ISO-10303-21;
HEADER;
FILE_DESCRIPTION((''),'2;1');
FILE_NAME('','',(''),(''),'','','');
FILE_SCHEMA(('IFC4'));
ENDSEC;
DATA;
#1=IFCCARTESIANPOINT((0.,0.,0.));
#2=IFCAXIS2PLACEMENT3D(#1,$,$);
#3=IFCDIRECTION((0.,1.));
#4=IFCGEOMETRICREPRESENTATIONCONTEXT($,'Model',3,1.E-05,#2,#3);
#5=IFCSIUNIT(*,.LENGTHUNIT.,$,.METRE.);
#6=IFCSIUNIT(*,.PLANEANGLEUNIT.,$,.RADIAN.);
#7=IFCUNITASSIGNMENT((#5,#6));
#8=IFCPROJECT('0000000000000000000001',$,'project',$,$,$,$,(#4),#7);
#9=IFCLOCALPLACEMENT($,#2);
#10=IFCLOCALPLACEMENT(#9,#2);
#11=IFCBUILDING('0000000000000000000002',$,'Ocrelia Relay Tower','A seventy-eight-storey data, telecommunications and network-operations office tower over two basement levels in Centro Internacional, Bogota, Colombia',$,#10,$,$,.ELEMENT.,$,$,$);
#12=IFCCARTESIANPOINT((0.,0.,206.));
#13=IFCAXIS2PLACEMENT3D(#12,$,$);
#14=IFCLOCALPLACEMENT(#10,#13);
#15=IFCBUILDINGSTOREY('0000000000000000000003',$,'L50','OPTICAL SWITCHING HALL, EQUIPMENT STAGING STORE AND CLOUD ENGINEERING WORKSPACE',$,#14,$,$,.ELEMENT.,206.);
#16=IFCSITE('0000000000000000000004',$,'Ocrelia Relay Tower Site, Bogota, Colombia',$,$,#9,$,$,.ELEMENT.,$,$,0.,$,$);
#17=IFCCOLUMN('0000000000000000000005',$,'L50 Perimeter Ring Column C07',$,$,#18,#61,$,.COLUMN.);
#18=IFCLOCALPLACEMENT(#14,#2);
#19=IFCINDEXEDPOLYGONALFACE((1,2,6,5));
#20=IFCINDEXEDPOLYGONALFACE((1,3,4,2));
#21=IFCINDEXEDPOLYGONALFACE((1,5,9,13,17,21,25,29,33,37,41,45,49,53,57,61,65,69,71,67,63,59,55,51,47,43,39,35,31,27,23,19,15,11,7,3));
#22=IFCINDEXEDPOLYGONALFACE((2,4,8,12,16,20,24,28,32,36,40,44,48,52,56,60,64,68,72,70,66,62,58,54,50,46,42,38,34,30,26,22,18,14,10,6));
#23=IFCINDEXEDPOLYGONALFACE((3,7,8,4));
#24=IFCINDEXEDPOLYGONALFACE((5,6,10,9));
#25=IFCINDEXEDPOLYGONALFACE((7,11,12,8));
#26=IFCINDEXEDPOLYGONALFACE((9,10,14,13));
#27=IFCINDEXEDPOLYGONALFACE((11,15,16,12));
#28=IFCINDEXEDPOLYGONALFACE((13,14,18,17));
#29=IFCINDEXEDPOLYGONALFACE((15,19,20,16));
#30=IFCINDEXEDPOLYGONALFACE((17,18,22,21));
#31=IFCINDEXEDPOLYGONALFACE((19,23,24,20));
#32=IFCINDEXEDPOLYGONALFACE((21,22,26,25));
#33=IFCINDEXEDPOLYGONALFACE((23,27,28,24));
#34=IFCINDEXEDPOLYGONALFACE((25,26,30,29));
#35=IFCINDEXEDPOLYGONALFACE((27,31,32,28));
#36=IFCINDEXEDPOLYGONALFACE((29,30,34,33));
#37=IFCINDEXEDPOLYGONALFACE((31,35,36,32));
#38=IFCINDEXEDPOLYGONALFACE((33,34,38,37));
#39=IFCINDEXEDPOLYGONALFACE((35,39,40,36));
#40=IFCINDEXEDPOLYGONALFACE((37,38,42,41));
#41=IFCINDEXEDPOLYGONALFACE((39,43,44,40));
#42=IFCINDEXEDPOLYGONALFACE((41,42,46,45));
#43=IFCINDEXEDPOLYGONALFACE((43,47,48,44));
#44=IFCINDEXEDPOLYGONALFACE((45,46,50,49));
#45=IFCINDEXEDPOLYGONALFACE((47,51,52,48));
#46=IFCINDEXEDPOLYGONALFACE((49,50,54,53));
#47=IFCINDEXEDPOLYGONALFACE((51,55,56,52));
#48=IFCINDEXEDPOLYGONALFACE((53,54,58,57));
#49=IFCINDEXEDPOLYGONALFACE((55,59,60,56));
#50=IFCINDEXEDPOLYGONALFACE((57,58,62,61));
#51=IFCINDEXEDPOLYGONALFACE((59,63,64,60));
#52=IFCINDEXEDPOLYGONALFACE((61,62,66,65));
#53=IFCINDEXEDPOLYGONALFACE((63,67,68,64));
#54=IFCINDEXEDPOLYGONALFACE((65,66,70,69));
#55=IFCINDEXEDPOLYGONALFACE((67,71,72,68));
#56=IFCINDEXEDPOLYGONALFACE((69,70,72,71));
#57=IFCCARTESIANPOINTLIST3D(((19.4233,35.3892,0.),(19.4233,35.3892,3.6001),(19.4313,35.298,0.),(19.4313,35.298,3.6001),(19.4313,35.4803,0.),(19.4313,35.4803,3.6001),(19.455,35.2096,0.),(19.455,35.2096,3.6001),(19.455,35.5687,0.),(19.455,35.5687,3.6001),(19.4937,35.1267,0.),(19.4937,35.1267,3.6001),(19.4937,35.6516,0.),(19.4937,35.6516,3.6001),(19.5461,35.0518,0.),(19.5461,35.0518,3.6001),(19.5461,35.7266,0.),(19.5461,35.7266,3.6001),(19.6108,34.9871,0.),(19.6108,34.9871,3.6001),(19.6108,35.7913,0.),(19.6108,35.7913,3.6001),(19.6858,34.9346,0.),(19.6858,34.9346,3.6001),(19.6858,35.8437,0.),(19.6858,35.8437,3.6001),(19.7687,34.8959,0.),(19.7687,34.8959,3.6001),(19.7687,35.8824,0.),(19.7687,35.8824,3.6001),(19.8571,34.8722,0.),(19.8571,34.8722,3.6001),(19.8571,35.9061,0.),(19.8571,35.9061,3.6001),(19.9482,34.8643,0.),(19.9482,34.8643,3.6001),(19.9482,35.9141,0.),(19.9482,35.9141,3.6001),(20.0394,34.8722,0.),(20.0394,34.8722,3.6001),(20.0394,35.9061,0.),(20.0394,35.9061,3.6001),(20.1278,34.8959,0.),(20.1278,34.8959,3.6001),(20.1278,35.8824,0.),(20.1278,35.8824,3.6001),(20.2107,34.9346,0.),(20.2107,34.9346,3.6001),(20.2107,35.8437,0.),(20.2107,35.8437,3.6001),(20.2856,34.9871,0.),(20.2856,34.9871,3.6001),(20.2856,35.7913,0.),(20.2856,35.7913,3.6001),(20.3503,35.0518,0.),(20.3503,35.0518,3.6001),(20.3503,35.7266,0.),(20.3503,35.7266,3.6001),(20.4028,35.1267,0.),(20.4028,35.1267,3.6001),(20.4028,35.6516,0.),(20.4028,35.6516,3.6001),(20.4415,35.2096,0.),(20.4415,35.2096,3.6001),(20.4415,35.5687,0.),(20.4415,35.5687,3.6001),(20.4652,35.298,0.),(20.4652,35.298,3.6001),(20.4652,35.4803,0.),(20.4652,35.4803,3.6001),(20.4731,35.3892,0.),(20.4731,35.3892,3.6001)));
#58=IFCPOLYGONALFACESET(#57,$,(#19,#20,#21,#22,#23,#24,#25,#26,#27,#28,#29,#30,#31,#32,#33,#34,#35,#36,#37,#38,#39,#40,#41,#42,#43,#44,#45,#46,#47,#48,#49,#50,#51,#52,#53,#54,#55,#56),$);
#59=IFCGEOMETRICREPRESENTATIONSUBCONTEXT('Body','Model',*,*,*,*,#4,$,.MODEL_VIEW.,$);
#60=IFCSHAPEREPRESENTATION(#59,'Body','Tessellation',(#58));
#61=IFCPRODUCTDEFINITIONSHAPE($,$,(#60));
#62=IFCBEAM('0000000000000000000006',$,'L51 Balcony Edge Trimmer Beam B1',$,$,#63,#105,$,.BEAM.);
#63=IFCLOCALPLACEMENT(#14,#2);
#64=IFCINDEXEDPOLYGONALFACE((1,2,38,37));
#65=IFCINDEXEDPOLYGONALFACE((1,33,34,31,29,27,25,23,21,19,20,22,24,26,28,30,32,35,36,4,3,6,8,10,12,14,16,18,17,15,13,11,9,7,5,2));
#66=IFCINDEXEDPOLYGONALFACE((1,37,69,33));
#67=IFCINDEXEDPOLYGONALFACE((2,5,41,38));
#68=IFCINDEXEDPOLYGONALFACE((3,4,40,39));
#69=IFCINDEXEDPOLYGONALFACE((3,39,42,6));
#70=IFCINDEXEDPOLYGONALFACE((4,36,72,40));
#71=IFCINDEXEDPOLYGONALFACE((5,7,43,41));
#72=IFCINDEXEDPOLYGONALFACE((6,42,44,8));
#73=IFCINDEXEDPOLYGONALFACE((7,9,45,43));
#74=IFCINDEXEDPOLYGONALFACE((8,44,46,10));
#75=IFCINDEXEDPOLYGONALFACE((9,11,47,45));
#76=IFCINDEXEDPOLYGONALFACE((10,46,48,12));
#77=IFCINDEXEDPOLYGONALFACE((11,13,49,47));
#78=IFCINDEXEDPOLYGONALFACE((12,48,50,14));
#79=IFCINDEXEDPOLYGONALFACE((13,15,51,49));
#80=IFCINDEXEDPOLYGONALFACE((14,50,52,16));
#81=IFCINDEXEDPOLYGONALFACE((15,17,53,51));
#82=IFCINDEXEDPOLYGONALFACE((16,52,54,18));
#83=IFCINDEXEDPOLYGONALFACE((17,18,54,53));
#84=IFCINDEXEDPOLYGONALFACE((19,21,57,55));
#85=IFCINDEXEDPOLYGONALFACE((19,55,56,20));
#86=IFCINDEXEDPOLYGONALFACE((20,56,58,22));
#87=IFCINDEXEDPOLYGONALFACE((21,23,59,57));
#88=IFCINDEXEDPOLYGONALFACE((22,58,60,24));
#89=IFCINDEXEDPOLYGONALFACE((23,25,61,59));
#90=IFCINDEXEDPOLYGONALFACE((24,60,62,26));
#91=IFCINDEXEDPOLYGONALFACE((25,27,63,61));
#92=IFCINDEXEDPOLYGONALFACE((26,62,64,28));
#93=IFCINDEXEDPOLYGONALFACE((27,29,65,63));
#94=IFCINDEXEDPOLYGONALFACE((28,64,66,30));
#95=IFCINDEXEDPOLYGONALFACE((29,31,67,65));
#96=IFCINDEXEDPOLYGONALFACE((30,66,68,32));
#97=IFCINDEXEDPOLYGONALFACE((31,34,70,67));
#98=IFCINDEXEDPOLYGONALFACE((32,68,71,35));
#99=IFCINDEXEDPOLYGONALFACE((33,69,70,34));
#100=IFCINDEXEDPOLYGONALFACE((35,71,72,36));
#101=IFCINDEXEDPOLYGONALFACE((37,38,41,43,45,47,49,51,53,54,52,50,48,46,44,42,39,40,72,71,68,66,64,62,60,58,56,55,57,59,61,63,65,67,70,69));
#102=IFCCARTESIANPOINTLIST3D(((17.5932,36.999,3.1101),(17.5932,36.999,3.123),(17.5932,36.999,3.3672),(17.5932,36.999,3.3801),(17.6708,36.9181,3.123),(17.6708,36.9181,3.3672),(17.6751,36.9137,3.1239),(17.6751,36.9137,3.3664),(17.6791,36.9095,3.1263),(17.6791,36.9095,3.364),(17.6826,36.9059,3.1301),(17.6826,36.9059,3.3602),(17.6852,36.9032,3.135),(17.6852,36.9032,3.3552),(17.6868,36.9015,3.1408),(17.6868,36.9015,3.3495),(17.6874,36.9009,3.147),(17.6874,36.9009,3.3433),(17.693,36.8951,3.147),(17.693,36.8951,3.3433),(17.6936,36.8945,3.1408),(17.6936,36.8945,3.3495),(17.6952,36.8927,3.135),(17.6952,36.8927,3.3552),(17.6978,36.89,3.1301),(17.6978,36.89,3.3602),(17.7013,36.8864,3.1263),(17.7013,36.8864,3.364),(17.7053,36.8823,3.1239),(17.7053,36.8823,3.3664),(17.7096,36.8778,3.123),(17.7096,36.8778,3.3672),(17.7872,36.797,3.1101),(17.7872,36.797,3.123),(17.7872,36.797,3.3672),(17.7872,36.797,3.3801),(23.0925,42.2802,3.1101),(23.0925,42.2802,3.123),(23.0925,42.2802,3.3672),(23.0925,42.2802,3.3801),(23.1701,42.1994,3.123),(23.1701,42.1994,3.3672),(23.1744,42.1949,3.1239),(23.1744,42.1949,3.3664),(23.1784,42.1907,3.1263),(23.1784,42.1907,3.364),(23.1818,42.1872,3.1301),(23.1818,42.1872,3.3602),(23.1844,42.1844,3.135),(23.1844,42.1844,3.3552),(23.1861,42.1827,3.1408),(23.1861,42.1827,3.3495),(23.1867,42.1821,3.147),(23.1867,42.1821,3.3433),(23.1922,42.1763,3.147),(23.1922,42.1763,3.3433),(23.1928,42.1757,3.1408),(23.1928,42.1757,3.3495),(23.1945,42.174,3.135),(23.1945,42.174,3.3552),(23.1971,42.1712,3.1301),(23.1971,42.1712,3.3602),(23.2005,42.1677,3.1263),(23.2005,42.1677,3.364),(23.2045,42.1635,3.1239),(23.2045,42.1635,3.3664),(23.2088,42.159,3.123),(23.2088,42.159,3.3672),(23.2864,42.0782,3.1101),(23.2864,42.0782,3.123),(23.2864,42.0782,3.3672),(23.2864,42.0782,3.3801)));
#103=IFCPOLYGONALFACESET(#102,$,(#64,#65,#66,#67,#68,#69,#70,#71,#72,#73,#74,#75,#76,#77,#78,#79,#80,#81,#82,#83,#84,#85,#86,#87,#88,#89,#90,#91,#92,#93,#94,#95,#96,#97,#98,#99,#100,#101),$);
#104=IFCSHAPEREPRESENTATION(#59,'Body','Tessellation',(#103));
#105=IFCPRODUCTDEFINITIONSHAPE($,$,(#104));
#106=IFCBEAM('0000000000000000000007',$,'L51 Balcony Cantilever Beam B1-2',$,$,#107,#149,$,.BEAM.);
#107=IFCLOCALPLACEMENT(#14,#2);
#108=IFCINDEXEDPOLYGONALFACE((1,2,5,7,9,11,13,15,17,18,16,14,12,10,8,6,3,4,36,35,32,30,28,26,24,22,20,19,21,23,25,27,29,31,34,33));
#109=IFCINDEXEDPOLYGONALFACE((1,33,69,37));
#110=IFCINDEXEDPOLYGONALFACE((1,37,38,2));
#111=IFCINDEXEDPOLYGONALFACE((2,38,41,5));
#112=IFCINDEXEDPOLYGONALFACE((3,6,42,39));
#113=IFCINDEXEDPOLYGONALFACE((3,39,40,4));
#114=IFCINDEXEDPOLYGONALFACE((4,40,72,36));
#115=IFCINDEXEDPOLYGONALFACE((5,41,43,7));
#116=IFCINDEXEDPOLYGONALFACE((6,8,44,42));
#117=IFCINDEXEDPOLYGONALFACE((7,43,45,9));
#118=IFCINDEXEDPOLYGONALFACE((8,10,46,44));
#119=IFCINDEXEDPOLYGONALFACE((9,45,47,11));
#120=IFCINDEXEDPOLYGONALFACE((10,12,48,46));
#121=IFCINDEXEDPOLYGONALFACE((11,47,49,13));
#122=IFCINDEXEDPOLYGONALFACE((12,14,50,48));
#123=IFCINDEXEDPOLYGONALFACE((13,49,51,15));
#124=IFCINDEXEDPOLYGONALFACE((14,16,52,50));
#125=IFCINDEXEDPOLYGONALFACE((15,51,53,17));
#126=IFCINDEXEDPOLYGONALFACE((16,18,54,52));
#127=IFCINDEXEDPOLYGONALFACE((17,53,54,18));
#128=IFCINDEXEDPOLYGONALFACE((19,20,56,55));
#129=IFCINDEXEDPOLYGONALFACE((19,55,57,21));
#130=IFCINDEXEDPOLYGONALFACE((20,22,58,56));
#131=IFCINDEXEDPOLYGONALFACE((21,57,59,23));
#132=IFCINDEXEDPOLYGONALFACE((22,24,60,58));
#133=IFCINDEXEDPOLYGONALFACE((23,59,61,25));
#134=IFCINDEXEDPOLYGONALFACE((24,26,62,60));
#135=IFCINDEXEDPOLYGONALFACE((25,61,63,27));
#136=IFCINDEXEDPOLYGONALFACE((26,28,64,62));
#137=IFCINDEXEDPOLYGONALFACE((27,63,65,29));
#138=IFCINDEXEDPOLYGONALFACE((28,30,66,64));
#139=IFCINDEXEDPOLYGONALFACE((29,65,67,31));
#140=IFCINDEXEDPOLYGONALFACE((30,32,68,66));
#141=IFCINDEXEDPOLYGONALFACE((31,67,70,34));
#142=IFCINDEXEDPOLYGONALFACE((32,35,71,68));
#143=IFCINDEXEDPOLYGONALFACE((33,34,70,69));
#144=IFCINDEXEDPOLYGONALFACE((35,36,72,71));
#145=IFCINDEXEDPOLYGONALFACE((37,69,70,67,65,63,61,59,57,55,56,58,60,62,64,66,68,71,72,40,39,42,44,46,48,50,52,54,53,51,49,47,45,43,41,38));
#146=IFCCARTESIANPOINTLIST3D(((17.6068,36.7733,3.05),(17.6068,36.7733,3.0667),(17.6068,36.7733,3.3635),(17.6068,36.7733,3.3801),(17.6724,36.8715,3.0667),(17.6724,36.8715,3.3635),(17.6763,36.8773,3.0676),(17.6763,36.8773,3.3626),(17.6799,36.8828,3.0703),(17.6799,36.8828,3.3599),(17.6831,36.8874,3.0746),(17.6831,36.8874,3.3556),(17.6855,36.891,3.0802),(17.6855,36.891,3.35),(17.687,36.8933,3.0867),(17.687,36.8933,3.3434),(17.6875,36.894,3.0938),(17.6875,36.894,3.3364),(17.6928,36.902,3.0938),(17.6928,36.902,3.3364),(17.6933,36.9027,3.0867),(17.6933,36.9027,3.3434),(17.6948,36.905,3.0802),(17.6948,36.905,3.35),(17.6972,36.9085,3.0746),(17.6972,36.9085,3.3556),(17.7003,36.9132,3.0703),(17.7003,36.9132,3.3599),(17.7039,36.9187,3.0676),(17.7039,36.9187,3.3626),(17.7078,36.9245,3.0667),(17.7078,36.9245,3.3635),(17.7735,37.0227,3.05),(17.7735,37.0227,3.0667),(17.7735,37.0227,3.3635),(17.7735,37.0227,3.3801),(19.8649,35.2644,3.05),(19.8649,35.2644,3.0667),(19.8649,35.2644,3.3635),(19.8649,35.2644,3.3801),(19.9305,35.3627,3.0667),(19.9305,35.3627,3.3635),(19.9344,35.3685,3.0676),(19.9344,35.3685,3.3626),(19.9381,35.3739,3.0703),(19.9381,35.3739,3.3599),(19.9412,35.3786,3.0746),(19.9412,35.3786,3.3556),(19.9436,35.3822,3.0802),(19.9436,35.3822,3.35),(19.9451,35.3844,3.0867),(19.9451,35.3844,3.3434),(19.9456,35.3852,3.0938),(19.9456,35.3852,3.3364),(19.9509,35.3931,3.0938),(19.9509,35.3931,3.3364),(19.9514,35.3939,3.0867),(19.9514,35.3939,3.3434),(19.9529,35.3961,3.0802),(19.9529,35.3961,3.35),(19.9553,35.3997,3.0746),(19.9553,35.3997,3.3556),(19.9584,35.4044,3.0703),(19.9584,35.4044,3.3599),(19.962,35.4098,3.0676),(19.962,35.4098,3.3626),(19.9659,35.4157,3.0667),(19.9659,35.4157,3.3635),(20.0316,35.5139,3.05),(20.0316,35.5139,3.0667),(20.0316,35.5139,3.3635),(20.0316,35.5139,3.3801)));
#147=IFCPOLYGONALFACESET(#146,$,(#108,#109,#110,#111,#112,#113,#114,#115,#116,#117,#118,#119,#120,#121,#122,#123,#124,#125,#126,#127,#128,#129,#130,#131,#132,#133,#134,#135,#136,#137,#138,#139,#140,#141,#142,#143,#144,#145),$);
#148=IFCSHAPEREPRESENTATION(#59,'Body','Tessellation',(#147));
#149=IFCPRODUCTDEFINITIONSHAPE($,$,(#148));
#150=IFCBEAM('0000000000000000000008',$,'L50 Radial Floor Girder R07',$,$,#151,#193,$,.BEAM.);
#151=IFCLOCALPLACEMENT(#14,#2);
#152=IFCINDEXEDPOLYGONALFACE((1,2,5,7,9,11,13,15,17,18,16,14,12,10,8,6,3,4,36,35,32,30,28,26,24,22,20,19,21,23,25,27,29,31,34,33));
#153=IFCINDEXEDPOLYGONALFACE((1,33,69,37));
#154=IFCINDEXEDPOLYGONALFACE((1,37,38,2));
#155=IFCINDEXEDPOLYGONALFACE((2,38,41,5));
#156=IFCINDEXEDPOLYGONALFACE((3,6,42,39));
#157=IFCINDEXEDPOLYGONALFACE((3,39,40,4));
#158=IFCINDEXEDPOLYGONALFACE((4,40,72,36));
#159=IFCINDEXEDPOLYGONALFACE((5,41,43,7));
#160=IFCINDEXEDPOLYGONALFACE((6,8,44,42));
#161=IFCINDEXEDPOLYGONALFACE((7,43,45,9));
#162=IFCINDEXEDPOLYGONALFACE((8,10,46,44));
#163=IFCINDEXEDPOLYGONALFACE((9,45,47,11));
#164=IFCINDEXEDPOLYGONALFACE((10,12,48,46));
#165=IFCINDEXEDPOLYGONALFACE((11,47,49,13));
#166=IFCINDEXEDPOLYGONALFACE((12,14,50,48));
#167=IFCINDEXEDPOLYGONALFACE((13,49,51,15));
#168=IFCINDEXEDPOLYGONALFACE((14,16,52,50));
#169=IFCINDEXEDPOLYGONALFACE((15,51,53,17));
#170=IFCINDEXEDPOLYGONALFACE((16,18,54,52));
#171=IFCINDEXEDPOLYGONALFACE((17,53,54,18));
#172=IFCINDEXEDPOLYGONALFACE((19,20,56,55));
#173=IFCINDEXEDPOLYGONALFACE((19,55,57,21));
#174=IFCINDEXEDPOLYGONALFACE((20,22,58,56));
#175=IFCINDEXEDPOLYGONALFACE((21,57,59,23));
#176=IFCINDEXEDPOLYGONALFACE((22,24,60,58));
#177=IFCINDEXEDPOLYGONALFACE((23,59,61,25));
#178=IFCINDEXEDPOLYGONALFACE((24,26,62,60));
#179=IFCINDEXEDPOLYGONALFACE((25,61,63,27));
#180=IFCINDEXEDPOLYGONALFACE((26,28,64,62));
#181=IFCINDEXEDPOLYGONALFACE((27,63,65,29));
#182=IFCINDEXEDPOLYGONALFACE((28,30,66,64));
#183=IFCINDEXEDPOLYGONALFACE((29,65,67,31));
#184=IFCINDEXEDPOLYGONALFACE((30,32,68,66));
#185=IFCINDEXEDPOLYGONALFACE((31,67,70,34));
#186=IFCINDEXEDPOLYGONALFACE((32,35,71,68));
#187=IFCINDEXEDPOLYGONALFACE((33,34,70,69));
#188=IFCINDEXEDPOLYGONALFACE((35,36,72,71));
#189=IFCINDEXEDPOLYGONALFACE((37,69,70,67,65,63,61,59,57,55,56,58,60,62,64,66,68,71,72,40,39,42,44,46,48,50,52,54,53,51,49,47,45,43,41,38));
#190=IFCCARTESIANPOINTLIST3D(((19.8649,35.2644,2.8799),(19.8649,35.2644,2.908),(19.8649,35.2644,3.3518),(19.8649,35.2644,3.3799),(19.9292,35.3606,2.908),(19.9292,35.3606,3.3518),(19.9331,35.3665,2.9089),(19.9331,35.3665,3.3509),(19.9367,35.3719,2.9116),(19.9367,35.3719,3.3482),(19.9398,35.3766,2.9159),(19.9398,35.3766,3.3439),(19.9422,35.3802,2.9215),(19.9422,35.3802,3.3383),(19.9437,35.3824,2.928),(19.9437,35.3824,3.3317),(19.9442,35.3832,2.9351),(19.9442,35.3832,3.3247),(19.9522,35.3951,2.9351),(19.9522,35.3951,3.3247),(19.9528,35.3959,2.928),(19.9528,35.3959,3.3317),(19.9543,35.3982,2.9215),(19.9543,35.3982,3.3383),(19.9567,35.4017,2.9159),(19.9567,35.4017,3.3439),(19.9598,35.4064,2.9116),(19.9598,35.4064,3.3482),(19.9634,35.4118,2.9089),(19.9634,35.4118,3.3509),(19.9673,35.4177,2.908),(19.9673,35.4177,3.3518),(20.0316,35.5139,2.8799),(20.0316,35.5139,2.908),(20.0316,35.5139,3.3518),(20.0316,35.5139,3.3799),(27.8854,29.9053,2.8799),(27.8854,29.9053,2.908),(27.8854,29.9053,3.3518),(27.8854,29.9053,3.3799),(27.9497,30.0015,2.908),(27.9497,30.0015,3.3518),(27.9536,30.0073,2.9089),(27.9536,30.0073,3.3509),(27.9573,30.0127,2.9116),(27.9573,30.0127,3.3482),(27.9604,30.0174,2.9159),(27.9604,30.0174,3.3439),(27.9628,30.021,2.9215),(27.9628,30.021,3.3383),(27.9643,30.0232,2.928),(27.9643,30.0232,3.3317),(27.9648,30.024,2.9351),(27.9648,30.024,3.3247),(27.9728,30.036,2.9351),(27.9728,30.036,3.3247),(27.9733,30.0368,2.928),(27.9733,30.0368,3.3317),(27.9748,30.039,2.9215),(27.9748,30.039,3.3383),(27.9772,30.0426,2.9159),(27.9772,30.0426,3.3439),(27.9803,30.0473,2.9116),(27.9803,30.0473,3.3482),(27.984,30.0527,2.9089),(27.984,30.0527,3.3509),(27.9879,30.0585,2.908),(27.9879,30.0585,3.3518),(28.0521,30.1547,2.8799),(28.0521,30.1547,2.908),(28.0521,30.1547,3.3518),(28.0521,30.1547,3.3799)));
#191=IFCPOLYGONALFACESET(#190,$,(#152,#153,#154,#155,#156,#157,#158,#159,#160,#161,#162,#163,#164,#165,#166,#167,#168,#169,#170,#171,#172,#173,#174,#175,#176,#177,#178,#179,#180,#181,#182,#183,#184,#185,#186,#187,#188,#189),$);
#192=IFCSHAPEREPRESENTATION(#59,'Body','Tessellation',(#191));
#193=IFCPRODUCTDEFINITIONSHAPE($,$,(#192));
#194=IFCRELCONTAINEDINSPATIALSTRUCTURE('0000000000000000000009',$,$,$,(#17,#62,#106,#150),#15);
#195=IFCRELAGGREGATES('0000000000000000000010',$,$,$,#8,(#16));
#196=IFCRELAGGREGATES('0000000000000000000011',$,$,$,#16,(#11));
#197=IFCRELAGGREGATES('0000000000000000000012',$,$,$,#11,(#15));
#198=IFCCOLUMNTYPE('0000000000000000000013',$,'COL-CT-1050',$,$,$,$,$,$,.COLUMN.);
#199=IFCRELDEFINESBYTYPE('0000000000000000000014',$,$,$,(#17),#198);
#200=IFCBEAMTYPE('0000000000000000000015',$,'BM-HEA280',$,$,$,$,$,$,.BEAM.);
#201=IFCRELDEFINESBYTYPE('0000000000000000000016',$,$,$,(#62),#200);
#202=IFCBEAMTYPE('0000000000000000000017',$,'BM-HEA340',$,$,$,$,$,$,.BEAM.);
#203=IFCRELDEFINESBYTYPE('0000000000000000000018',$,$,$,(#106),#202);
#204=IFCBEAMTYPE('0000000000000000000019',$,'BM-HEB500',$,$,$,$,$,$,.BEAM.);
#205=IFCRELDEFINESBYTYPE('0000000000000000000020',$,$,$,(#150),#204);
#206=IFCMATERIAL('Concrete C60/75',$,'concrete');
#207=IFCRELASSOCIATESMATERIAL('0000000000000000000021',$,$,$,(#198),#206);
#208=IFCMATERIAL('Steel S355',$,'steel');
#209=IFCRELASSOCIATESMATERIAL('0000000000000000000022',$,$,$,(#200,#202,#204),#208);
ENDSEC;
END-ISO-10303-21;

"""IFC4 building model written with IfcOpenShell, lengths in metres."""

from ifc_helpers import new_model, si_unit, direction, frame, origin, origin_2d, place, context, subcontext, project, spatial, circle, i_section, extrude, material, material_profile, profile_set, type_object, element, save


model = new_model("IFC4")

# Units and contexts
model_context = context("Model", 3, precision=1e-05, world=origin(), true_north=direction((0.0, 1.0)))
body_context = subcontext(model_context, "Body", "Model", "MODEL_VIEW")
ifc_project = project(units=[si_unit("LENGTHUNIT", "METRE"), si_unit("PLANEANGLEUNIT", "RADIAN")], contexts=[model_context])

# Site, building, storey
site_placement = place(None, origin())
site = spatial("IfcSite", under=ifc_project, at=site_placement, Name="Ocrelia Relay Tower Site, Bogota, Colombia", CompositionType="ELEMENT", RefElevation=0.0)
building_placement = place(site_placement, origin())
building = spatial("IfcBuilding", under=site, at=building_placement, Name="Ocrelia Relay Tower", Description="A seventy-eight-storey data, telecommunications and network-operations office tower over two basement levels in Centro Internacional, Bogota, Colombia", CompositionType="ELEMENT")
storey_placement = place(building_placement, frame((0.0, 0.0, 206.0)))
storey = spatial("IfcBuildingStorey", under=building, at=storey_placement, Name="L50", Description="OPTICAL SWITCHING HALL, EQUIPMENT STAGING STORE AND CLOUD ENGINEERING WORKSPACE", CompositionType="ELEMENT", Elevation=206.0)

# Column
ifc_material_1 = material(Name="Concrete C60/75", Category="concrete")
ifc_material_profile_1 = material_profile(ifc_material_1, circle(Radius=0.5249, at=origin_2d()), Name="RC-CIR-1050")
ifc_profile_set_1 = profile_set([ifc_material_profile_1], Name="Concrete C60/75")
column_type = type_object("IfcColumnType", Name="COL-CT-1050", PredefinedType="COLUMN", material=ifc_profile_set_1)
column_placement = place(storey_placement, frame((19.9482, 35.3892, 0.0), z_axis=(0.0, 0.0, 1.0), x_axis=(1.0, 0.0, 0.0)))
element("IfcColumn", 1, at=column_placement, inside=storey, type_object=column_type, Name="L50 Perimeter Ring Column C07", PredefinedType="COLUMN", context=body_context, shape_type="SweptSolid", body=[
    extrude(circle(Radius=0.5249, at=origin_2d()), origin(), (0.0, 0.0, 1.0), 3.6001),
])

# Beams
ifc_material_2 = material(Name="Steel S355", Category="steel")
ifc_material_profile_2 = material_profile(ifc_material_2, i_section(OverallWidth=0.28, OverallDepth=0.27, WebThickness=0.0081, FlangeThickness=0.0129, FilletRadius=0.0239, at=origin_2d()), Name="HEA 280")
ifc_profile_set_2 = profile_set([ifc_material_profile_2], Name="Steel S355")
beam_type_1 = type_object("IfcBeamType", Name="BM-HEA280", PredefinedType="BEAM", material=ifc_profile_set_2)
beam_1_placement = place(storey_placement, frame((23.1895, 42.1792, 3.2451), z_axis=(-0.721259, -0.692665, 0.0), x_axis=(0.692665, -0.721259, 0.0)))
element("IfcBeam", 2, at=beam_1_placement, inside=storey, type_object=beam_type_1, Name="L51 Balcony Edge Trimmer Beam B1", PredefinedType="BEAM", context=body_context, shape_type="SweptSolid", body=[
    extrude(i_section(OverallWidth=0.28, OverallDepth=0.27, WebThickness=0.0081, FlangeThickness=0.0129, FilletRadius=0.0239, at=origin_2d()), origin(), (0.0, 0.0, 1.0), 7.6245),
])
ifc_material_profile_3 = material_profile(ifc_material_2, i_section(OverallWidth=0.3, OverallDepth=0.3301, WebThickness=0.0095, FlangeThickness=0.0166, FilletRadius=0.0271, at=origin_2d()), Name="HEA 340")
ifc_profile_set_3 = profile_set([ifc_material_profile_3], Name="Steel S355")
beam_type_2 = type_object("IfcBeamType", Name="BM-HEA340", PredefinedType="BEAM", material=ifc_profile_set_3)
beam_2_placement = place(storey_placement, frame((19.9482, 35.3892, 3.2151), z_axis=(-0.831469, 0.555571, 0.0), x_axis=(-0.555571, -0.831469, 0.0)))
element("IfcBeam", 3, at=beam_2_placement, inside=storey, type_object=beam_type_2, Name="L51 Balcony Cantilever Beam B1-2", PredefinedType="BEAM", context=body_context, shape_type="SweptSolid", body=[
    extrude(i_section(OverallWidth=0.3, OverallDepth=0.3301, WebThickness=0.0095, FlangeThickness=0.0166, FilletRadius=0.0271, at=origin_2d()), origin(), (0.0, 0.0, 1.0), 2.7158),
])
ifc_material_profile_4 = material_profile(ifc_material_2, i_section(OverallWidth=0.3, OverallDepth=0.5, WebThickness=0.0144, FlangeThickness=0.0281, FilletRadius=0.0271, at=origin_2d()), Name="HEB 500")
ifc_profile_set_4 = profile_set([ifc_material_profile_4], Name="Steel S355")
beam_type_3 = type_object("IfcBeamType", Name="BM-HEB500", PredefinedType="BEAM", material=ifc_profile_set_4)
beam_3_placement = place(storey_placement, frame((19.9482, 35.3892, 3.1299), z_axis=(0.83147, -0.55557, 0.0), x_axis=(0.55557, 0.83147, 0.0)))
element("IfcBeam", 4, at=beam_3_placement, inside=storey, type_object=beam_type_3, Name="L50 Radial Floor Girder R07", PredefinedType="BEAM", context=body_context, shape_type="SweptSolid", body=[
    extrude(i_section(OverallWidth=0.3, OverallDepth=0.5, WebThickness=0.0144, FlangeThickness=0.0281, FilletRadius=0.0271, at=origin_2d()), origin(), (0.0, 0.0, 1.0), 9.6462),
])

save(model, "model.ifc")
